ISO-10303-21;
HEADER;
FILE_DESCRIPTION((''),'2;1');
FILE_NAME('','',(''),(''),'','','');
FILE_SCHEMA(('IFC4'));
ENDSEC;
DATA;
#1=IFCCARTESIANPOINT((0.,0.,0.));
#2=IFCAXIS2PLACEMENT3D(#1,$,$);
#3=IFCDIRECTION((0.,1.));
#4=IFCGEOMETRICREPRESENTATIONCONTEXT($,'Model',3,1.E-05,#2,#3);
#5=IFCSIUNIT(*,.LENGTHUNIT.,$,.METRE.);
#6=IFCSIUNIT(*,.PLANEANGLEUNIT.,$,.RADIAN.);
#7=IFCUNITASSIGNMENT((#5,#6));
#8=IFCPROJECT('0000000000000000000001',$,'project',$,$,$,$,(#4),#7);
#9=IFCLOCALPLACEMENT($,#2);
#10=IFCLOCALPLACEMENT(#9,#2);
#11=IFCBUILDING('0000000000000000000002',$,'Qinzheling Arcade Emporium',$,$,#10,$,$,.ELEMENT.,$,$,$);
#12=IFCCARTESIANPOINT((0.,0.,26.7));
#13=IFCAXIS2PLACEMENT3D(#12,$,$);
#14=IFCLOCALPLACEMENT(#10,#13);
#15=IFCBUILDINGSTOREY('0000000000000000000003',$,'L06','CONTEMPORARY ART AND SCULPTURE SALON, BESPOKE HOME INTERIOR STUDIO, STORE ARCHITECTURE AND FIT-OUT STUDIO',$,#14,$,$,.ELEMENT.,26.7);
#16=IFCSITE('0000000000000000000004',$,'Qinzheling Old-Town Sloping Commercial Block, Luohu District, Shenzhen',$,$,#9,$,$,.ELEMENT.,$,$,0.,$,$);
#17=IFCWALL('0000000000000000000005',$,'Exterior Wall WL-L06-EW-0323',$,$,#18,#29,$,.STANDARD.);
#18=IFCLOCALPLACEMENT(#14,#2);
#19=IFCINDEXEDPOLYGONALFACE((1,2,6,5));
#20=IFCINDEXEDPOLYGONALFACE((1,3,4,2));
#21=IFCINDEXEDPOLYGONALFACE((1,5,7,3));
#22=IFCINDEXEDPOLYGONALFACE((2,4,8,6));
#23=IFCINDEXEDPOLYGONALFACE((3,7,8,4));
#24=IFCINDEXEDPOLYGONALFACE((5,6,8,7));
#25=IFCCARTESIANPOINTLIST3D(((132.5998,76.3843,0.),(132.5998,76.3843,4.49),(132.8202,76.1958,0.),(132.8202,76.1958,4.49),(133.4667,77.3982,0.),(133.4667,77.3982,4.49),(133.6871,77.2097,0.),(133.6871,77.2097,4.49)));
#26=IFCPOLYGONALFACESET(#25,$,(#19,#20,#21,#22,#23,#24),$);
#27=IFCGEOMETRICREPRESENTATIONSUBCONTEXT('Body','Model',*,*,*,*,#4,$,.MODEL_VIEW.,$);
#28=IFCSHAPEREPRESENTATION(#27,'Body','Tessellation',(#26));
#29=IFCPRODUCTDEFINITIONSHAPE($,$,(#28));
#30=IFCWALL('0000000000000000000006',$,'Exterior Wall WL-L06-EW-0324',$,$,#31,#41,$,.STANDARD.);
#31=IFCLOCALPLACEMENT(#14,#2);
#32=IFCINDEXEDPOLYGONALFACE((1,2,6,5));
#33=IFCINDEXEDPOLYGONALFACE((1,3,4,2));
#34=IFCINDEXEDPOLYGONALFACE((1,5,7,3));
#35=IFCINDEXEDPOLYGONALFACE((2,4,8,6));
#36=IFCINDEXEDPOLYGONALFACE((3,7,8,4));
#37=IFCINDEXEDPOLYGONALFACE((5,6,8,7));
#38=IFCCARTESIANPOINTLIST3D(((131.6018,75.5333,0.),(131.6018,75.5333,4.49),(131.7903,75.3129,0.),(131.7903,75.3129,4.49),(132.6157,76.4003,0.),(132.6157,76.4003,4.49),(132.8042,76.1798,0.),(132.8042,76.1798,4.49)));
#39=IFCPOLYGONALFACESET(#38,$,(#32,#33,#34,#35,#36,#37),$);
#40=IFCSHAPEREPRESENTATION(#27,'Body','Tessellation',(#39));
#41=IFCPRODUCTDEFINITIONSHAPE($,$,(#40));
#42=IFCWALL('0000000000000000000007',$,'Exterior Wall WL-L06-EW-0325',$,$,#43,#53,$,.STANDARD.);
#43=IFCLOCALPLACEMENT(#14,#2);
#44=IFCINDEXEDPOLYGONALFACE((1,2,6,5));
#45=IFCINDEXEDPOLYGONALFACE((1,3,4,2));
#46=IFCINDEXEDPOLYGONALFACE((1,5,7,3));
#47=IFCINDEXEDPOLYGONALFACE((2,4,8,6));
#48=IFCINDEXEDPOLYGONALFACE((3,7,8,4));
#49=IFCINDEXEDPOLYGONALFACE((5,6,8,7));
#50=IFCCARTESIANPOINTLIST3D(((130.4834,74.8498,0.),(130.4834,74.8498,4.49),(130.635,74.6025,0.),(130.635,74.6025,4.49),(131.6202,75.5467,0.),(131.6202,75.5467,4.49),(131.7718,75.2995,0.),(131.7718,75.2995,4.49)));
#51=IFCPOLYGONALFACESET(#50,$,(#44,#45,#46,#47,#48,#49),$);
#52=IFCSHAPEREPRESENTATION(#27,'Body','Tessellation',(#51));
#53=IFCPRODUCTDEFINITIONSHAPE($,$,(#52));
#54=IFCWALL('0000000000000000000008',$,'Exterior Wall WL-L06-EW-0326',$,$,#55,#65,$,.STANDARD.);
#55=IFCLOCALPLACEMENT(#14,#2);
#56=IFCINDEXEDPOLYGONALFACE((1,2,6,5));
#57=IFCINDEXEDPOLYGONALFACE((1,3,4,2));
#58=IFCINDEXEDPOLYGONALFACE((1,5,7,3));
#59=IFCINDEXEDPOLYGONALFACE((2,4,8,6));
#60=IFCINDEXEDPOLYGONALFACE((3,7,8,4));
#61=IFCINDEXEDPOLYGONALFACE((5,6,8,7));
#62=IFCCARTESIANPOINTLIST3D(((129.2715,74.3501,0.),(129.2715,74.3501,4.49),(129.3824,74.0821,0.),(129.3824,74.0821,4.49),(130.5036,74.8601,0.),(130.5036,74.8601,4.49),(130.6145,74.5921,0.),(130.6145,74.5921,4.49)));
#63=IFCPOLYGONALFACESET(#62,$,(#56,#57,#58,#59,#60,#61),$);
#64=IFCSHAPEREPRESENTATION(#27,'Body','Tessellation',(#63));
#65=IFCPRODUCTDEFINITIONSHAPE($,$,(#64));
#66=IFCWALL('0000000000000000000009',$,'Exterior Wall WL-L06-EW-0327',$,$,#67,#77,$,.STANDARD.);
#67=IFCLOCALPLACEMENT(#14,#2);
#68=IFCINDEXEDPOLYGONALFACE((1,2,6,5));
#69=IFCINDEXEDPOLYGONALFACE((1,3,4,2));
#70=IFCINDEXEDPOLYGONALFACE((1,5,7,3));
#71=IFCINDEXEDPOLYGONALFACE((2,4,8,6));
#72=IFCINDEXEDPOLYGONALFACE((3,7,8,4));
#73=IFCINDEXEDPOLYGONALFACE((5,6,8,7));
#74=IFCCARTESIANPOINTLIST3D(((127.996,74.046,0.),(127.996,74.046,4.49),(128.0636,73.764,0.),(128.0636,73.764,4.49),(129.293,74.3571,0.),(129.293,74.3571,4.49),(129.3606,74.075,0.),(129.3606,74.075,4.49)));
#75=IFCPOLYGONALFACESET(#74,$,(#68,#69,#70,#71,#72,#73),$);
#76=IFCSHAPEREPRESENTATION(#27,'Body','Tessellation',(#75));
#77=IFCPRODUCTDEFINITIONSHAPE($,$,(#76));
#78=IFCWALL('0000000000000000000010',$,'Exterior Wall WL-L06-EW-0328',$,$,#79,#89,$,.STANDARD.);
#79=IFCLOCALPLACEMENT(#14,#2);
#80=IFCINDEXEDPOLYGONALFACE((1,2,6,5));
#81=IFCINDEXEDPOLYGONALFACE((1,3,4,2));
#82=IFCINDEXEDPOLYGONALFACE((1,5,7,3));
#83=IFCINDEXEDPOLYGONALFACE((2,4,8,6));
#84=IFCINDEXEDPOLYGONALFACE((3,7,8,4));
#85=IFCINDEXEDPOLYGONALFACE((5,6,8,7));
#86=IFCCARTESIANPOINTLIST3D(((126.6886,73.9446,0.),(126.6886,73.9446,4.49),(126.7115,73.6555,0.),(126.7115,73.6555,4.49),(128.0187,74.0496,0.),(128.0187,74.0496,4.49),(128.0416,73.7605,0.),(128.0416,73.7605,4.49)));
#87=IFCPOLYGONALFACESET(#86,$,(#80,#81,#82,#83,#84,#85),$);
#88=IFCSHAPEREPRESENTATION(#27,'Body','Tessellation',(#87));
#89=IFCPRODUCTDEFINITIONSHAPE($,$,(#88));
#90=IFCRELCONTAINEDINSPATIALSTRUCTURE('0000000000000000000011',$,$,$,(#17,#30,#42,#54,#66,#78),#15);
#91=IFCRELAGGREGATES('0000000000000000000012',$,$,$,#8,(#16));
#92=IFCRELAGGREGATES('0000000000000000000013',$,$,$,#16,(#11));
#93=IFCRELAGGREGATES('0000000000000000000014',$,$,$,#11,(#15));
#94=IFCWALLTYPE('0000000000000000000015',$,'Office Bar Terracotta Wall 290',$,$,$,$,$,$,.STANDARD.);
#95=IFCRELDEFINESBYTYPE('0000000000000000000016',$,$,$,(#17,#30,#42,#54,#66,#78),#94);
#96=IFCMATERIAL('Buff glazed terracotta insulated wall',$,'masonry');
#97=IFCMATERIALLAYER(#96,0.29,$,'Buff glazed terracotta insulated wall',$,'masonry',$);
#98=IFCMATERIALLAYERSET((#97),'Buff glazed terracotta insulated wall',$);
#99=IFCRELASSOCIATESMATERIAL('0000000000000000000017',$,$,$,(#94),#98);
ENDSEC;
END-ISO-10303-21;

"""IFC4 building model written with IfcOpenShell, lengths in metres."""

from ifc_helpers import new_model, si_unit, direction, frame, frame_2d, origin, place, context, subcontext, project, spatial, rectangle, extrude, material, layer, layer_set, type_object, element, save


model = new_model("IFC4")

# Units and contexts
model_context = context("Model", 3, precision=1e-05, world=origin(), true_north=direction((0.0, 1.0)))
body_context = subcontext(model_context, "Body", "Model", "MODEL_VIEW")
ifc_project = project(units=[si_unit("LENGTHUNIT", "METRE"), si_unit("PLANEANGLEUNIT", "RADIAN")], contexts=[model_context])

# Site, building, storey
site_placement = place(None, origin())
site = spatial("IfcSite", under=ifc_project, at=site_placement, Name="Qinzheling Old-Town Sloping Commercial Block, Luohu District, Shenzhen", CompositionType="ELEMENT", RefElevation=0.0)
building_placement = place(site_placement, origin())
building = spatial("IfcBuilding", under=site, at=building_placement, Name="Qinzheling Arcade Emporium", CompositionType="ELEMENT")
storey_placement = place(building_placement, frame((0.0, 0.0, 26.7)))
storey = spatial("IfcBuildingStorey", under=building, at=storey_placement, Name="L06", Description="CONTEMPORARY ART AND SCULPTURE SALON, BESPOKE HOME INTERIOR STUDIO, STORE ARCHITECTURE AND FIT-OUT STUDIO", CompositionType="ELEMENT", Elevation=26.7)

# Walls
ifc_material_1 = material(Name="Buff glazed terracotta insulated wall", Category="masonry")
ifc_layer_1 = layer(ifc_material_1, 0.29, Name="Buff glazed terracotta insulated wall", Category="masonry")
ifc_layer_set_1 = layer_set([ifc_layer_1], Name="Buff glazed terracotta insulated wall")
wall_type = type_object("IfcWallType", Name="Office Bar Terracotta Wall 290", PredefinedType="STANDARD", material=ifc_layer_set_1)
for number, where, z_axis, x_axis, name in (
    (1, (133.5769, 77.304, 0.0), (0.0, 0.0, 1.0), (-0.649872, -0.760044, 0.0), "Exterior Wall WL-L06-EW-0323"),
    (2, (132.71, 76.29, 0.0), (0.0, 0.0, 1.0), (-0.760044, -0.649872, 0.0), "Exterior Wall WL-L06-EW-0324"),
):
    element("IfcWall", number, at=place(storey_placement, frame(where, z_axis=z_axis, x_axis=x_axis)), inside=storey, type_object=wall_type, Name=name, PredefinedType="STANDARD", context=body_context, shape_type="SweptSolid", body=[
        extrude(rectangle(XDim=1.334, YDim=0.29, at=frame_2d((0.667, 0.0))), origin(), (0.0, 0.0, 1.0), 4.49),
    ])
for number, where, z_axis, x_axis, name in (
    (3, (131.696, 75.4231, 0.0), (0.0, 0.0, 1.0), (-0.852543, -0.522656, 0.0), "Exterior Wall WL-L06-EW-0325"),
    (4, (130.5591, 74.7261, 0.0), (0.0, 0.0, 1.0), (-0.923979, -0.382443, 0.0), "Exterior Wall WL-L06-EW-0326"),
):
    element("IfcWall", number, at=place(storey_placement, frame(where, z_axis=z_axis, x_axis=x_axis)), inside=storey, type_object=wall_type, Name=name, PredefinedType="STANDARD", context=body_context, shape_type="SweptSolid", body=[
        extrude(rectangle(XDim=1.3335, YDim=0.29, at=frame_2d((0.6667, 0.0))), origin(), (0.0, 0.0, 1.0), 4.49),
    ])
wall_1_placement = place(storey_placement, frame((129.3269, 74.2161, 0.0), z_axis=(0.0, 0.0, 1.0), x_axis=(-0.972424, -0.233221, 0.0)))
element("IfcWall", 5, at=wall_1_placement, inside=storey, type_object=wall_type, Name="Exterior Wall WL-L06-EW-0327", PredefinedType="STANDARD", context=body_context, shape_type="SweptSolid", body=[
    extrude(rectangle(XDim=1.3337, YDim=0.29, at=frame_2d((0.667, 0.0))), origin(), (0.0, 0.0, 1.0), 4.49),
])
wall_2_placement = place(storey_placement, frame((128.03, 73.905, 0.0), z_axis=(0.0, 0.0, 1.0), x_axis=(-0.9969, -0.078683, 0.0)))
element("IfcWall", 6, at=wall_2_placement, inside=storey, type_object=wall_type, Name="Exterior Wall WL-L06-EW-0328", PredefinedType="STANDARD", context=body_context, shape_type="SweptSolid", body=[
    extrude(rectangle(XDim=1.3342, YDim=0.29, at=frame_2d((0.667, 0.0))), origin(), (0.0, 0.0, 1.0), 4.49),
])

save(model, "model.ifc")
